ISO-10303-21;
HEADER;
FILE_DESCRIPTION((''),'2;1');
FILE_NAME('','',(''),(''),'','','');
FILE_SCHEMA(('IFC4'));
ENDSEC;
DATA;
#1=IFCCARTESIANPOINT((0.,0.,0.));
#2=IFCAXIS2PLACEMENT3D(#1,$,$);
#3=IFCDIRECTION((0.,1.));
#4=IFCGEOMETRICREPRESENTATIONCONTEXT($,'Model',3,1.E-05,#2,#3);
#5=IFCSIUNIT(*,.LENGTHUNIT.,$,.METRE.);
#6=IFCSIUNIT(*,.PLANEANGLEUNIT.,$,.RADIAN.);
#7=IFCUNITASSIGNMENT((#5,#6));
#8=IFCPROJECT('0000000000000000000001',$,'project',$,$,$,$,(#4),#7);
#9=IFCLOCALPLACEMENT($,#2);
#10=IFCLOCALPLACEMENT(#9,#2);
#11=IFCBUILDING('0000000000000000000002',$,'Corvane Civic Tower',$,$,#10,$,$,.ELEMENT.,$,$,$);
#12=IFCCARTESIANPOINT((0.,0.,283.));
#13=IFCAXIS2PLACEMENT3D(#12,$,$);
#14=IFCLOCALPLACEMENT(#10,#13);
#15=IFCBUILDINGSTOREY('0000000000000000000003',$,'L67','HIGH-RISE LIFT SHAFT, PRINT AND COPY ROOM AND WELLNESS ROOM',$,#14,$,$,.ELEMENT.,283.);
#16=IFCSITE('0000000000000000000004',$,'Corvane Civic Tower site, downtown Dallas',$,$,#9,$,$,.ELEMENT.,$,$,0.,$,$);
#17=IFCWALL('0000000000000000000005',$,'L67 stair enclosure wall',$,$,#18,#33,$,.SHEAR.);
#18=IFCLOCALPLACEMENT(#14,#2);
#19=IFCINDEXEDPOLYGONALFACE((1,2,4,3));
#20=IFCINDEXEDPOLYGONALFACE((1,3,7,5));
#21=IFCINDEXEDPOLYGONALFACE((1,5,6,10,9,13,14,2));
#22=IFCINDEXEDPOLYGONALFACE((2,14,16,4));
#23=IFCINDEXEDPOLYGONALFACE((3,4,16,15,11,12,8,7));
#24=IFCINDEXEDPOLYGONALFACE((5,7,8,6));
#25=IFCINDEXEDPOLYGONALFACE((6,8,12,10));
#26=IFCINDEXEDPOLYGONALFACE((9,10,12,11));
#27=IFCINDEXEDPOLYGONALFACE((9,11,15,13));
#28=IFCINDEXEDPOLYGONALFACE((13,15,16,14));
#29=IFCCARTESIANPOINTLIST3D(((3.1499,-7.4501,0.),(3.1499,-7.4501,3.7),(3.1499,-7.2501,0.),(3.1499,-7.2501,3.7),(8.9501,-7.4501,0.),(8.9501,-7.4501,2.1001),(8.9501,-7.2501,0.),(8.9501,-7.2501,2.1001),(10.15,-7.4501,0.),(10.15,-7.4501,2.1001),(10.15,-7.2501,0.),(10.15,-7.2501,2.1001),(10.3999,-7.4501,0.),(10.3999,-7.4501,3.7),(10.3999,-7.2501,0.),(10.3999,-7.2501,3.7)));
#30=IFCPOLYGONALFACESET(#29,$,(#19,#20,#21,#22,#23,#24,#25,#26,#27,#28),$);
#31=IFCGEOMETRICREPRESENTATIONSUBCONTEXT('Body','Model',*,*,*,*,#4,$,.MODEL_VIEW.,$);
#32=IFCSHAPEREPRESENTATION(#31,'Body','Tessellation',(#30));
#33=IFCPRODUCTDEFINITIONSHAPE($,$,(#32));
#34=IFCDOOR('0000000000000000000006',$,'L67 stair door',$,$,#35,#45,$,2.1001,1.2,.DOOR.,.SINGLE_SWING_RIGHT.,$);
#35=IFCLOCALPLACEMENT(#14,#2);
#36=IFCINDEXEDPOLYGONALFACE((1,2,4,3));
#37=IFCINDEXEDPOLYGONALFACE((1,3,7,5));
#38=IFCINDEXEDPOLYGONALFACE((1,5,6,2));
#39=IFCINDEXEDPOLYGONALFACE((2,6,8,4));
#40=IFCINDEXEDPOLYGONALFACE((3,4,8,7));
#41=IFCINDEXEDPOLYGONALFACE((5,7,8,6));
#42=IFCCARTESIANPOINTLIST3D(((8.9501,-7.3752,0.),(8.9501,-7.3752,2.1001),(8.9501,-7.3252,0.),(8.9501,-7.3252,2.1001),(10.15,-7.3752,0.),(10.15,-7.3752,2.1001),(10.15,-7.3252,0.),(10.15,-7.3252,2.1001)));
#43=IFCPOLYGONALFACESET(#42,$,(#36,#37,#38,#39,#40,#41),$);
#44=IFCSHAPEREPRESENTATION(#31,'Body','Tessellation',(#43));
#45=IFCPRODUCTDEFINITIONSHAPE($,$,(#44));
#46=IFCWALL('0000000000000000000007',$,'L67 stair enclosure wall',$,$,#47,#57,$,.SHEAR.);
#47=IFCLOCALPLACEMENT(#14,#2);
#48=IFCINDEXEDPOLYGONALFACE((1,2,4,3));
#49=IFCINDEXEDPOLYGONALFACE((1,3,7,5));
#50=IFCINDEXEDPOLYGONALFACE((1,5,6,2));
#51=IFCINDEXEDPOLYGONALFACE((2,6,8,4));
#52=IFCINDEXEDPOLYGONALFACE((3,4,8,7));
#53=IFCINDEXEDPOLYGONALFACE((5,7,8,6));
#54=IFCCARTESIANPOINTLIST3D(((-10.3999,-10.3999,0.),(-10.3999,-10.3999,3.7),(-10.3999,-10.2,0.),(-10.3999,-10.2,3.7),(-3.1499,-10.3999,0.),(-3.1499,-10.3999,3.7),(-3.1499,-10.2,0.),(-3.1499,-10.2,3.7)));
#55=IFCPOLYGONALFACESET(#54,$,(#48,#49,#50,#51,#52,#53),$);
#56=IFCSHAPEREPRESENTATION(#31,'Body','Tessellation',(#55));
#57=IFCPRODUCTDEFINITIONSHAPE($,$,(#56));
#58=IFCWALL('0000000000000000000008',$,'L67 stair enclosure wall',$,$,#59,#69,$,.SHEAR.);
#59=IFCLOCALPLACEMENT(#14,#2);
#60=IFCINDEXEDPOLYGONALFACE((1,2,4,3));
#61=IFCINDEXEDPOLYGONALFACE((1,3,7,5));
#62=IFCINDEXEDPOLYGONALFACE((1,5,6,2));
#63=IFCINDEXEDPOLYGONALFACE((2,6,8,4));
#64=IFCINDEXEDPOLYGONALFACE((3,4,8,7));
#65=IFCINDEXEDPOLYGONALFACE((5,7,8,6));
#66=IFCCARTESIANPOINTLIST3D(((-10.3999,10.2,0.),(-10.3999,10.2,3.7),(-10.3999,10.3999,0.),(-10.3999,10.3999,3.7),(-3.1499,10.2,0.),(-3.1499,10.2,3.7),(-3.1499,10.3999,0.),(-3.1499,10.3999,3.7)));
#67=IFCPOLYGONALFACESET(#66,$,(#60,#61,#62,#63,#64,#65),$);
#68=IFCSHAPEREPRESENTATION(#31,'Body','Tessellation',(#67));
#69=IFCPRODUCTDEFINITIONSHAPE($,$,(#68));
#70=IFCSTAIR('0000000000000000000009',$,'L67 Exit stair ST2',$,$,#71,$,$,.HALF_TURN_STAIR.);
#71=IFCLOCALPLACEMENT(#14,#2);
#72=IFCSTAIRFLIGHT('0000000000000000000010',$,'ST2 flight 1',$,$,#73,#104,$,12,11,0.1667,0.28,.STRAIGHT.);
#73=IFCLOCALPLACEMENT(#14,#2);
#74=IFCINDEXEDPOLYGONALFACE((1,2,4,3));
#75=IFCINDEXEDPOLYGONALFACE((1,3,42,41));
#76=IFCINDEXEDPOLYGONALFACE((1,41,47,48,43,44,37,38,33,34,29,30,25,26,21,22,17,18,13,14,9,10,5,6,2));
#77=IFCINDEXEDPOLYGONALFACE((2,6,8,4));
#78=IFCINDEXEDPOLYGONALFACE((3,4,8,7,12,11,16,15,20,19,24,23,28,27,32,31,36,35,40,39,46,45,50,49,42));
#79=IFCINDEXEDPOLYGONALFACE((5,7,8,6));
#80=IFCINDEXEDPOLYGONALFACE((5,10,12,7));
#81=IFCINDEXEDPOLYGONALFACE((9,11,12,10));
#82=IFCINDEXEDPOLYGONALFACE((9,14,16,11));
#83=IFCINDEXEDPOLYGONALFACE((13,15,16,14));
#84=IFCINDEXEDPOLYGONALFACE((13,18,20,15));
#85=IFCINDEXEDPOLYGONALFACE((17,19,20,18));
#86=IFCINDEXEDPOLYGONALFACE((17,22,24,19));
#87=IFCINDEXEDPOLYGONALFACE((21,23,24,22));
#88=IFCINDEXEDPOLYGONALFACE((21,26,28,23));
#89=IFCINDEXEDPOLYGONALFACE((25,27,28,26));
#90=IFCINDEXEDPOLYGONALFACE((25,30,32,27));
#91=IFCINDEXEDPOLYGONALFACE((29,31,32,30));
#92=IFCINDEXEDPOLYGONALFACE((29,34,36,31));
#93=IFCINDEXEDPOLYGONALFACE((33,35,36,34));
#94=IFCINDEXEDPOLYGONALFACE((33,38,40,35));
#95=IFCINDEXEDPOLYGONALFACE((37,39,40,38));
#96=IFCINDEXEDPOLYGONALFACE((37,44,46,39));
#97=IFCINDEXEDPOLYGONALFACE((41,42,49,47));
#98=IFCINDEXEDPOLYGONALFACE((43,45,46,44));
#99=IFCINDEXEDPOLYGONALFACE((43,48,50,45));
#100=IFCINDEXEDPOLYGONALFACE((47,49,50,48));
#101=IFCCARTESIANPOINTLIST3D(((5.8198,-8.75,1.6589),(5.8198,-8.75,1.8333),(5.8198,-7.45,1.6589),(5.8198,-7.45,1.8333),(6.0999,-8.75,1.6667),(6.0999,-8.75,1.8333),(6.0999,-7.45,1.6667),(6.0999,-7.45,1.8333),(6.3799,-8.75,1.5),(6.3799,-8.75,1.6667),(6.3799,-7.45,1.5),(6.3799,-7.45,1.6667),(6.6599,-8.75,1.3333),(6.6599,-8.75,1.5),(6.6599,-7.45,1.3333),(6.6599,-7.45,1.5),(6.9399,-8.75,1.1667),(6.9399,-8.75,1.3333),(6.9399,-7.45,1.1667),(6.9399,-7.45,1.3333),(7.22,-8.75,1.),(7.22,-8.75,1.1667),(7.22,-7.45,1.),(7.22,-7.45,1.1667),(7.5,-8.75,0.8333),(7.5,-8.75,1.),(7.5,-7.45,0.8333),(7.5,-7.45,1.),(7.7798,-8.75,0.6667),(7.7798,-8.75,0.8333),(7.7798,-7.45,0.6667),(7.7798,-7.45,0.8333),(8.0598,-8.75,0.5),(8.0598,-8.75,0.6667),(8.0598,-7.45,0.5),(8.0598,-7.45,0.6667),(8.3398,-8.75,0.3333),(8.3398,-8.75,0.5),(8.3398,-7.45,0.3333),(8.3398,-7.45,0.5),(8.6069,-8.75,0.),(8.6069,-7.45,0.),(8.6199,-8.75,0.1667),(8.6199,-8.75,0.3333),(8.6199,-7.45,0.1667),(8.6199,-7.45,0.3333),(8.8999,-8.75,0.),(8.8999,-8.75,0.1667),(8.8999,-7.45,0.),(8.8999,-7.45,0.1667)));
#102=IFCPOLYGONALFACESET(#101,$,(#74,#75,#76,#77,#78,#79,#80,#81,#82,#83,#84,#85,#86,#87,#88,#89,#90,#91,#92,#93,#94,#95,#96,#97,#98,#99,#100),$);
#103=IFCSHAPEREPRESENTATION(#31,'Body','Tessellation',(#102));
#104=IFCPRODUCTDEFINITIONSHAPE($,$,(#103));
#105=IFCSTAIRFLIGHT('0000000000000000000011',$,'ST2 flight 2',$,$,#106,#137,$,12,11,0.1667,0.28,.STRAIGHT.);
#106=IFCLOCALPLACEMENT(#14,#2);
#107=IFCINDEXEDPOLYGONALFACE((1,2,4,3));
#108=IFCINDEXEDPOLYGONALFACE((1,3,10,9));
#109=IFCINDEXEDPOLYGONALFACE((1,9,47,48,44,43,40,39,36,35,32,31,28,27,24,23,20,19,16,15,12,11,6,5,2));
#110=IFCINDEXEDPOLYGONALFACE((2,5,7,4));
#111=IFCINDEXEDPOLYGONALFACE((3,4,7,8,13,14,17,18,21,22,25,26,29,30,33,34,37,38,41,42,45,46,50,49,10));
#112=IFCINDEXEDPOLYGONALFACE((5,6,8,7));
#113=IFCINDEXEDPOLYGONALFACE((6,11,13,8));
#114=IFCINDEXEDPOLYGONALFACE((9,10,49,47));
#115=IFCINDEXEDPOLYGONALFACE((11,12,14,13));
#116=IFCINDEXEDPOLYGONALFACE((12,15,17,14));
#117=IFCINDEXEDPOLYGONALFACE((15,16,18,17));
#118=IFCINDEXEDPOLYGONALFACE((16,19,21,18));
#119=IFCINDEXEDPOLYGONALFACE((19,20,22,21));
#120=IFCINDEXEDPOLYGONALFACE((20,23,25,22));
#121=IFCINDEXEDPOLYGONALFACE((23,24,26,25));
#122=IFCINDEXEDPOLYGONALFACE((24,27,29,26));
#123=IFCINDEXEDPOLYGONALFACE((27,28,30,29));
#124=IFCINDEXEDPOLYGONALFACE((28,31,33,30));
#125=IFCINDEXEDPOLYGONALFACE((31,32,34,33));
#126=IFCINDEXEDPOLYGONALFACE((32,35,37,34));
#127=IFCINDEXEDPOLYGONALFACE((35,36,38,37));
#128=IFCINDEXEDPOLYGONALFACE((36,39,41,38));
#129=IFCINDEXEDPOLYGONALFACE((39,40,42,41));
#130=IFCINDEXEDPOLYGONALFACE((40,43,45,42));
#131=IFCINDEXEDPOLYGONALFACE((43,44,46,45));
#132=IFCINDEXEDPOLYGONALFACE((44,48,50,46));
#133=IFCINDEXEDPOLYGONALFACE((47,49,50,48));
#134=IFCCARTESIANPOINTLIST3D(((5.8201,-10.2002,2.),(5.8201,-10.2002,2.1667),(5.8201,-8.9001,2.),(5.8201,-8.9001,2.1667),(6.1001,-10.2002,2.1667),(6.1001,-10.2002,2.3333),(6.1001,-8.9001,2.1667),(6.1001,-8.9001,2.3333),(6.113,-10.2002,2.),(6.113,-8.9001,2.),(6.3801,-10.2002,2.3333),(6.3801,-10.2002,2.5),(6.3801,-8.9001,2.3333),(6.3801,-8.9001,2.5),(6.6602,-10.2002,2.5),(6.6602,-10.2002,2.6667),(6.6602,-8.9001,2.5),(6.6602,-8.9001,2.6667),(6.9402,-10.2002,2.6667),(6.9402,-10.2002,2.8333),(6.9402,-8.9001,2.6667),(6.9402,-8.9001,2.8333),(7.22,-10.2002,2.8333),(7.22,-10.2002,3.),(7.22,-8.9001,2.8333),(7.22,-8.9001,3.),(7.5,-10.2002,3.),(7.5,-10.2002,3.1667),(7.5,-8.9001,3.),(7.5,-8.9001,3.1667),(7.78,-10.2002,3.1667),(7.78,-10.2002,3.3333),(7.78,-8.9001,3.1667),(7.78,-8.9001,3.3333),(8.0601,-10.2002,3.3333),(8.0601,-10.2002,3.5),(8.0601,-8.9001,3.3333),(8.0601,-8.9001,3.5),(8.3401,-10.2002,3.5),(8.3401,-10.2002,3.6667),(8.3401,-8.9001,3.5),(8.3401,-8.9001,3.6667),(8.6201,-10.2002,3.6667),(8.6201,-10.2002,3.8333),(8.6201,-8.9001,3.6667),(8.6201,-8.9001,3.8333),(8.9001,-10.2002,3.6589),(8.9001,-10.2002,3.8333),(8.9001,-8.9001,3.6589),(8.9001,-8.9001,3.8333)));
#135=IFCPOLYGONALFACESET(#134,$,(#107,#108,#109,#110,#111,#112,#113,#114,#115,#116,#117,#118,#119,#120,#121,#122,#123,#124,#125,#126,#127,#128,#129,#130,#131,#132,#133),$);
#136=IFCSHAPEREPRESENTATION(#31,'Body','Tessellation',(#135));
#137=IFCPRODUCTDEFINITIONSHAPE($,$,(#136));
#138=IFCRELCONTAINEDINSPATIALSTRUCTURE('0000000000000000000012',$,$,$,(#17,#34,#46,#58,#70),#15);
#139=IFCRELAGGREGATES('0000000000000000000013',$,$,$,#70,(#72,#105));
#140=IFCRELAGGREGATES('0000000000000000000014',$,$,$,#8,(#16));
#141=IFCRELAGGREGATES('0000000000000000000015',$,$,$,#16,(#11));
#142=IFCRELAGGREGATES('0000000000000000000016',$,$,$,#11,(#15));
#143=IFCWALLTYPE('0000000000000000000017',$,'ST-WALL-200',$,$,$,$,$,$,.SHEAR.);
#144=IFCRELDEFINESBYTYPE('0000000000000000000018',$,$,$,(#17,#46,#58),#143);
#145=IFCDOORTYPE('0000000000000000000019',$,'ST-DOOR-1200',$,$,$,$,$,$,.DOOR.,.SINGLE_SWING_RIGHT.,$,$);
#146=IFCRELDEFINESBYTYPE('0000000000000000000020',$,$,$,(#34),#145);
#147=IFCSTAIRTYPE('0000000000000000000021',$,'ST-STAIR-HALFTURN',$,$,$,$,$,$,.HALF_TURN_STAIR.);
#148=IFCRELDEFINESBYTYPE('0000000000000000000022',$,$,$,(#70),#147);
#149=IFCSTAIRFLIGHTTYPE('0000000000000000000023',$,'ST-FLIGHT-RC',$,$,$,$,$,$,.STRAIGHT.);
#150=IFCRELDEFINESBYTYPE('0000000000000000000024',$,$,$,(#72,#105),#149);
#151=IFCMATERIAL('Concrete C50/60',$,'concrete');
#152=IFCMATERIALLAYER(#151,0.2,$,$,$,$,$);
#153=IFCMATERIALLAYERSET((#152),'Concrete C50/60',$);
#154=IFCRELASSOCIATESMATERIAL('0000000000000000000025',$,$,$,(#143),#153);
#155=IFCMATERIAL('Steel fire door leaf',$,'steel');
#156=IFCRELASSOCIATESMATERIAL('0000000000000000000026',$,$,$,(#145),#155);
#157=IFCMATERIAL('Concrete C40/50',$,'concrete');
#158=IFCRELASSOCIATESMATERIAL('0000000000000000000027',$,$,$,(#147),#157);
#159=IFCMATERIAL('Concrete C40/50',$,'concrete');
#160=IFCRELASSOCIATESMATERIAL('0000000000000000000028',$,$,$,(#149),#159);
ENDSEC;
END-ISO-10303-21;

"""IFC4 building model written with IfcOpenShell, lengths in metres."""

from ifc_helpers import new_model, si_unit, direction, frame, frame_2d, origin, place, context, subcontext, project, spatial, polyline, rectangle, outline, extrude, material, layer, layer_set, type_object, element, fill, aggregate, save


model = new_model("IFC4")

# Units and contexts
model_context = context("Model", 3, precision=1e-05, world=origin(), true_north=direction((0.0, 1.0)))
body_context = subcontext(model_context, "Body", "Model", "MODEL_VIEW")
ifc_project = project(units=[si_unit("LENGTHUNIT", "METRE"), si_unit("PLANEANGLEUNIT", "RADIAN")], contexts=[model_context])

# Site, building, storey
site_placement = place(None, origin())
site = spatial("IfcSite", under=ifc_project, at=site_placement, Name="Corvane Civic Tower site, downtown Dallas", CompositionType="ELEMENT", RefElevation=0.0)
building_placement = place(site_placement, origin())
building = spatial("IfcBuilding", under=site, at=building_placement, Name="Corvane Civic Tower", CompositionType="ELEMENT")
storey_placement = place(building_placement, frame((0.0, 0.0, 283.0)))
storey = spatial("IfcBuildingStorey", under=building, at=storey_placement, Name="L67", Description="HIGH-RISE LIFT SHAFT, PRINT AND COPY ROOM AND WELLNESS ROOM", CompositionType="ELEMENT", Elevation=283.0)

# Wall, opening, door
ifc_material_1 = material(Name="Concrete C50/60", Category="concrete")
ifc_layer_1 = layer(ifc_material_1, 0.2)
ifc_layer_set_1 = layer_set([ifc_layer_1], Name="Concrete C50/60")
wall_type_1 = type_object("IfcWallType", Name="ST-WALL-200", PredefinedType="SHEAR", material=ifc_layer_set_1)
wall_1_placement = place(storey_placement, frame((3.1499, -7.3501, 0.0), z_axis=(0.0, 0.0, 1.0), x_axis=(1.0, 0.0, 0.0)))
wall_1 = element("IfcWall", 1, at=wall_1_placement, inside=storey, type_object=wall_type_1, Name="L67 stair enclosure wall", PredefinedType="SHEAR", context=body_context, shape_type="SweptSolid", body=[
    extrude(rectangle(XDim=7.25, YDim=0.2, at=frame_2d((3.625, 0.0))), origin(), (0.0, 0.0, 1.0), 3.7),
])
opening_1_placement = place(wall_1_placement, frame((5.8, 0.0, 0.0)))
opening_1 = element("IfcOpeningElement", 2, at=opening_1_placement, cuts=wall_1, PredefinedType="OPENING", context=body_context, shape_type="SweptSolid", body=[
    extrude(rectangle(XDim=1.2, YDim=2.1001, at=frame_2d((0.6001, 1.05))), frame((0.0, 0.1099, 0.0), z_axis=(0.0, -1.0, 0.0), x_axis=(1.0, 0.0, 0.0)), (0.0, 0.0, 1.0), 0.22),
])
ifc_material_2 = material(Name="Steel fire door leaf", Category="steel")
door_type_1 = type_object("IfcDoorType", Name="ST-DOOR-1200", OperationType="SINGLE_SWING_RIGHT", PredefinedType="DOOR", material=ifc_material_2)
door_1_placement = place(opening_1_placement, origin())
door_1 = element("IfcDoor", 3, at=door_1_placement, inside=storey, type_object=door_type_1, Name="L67 stair door", OperationType="SINGLE_SWING_RIGHT", OverallHeight=2.1001, OverallWidth=1.2, PredefinedType="DOOR", context=body_context, shape_type="SweptSolid", body=[
    extrude(rectangle(XDim=1.2, YDim=2.1001, at=frame_2d((0.6001, 1.05))), frame((0.0, 0.0249, 0.0), z_axis=(0.0, -1.0, 0.0), x_axis=(1.0, 0.0, 0.0)), (0.0, 0.0, 1.0), 0.05),
])
fill(opening_1, door_1)

# Walls
wall_2_placement = place(storey_placement, origin())
element("IfcWall", 4, at=wall_2_placement, inside=storey, type_object=wall_type_1, Name="L67 stair enclosure wall", PredefinedType="SHEAR", context=body_context, shape_type="SweptSolid", body=[
    extrude(outline(polyline([(-3.1499, -10.2), (-3.1499, -10.3999), (-10.3999, -10.3999), (-10.3999, -10.2), (-3.1499, -10.2)])), origin(), (0.0, 0.0, 1.0), 3.7),
])
wall_3_placement = place(storey_placement, origin())
element("IfcWall", 5, at=wall_3_placement, inside=storey, type_object=wall_type_1, Name="L67 stair enclosure wall", PredefinedType="SHEAR", context=body_context, shape_type="SweptSolid", body=[
    extrude(outline(polyline([(-3.1499, 10.2), (-10.3999, 10.2), (-10.3999, 10.3999), (-3.1499, 10.3999), (-3.1499, 10.2)])), origin(), (0.0, 0.0, 1.0), 3.7),
])

# Stair, stair flights
ifc_material_3 = material(Name="Concrete C40/50", Category="concrete")
stair_type = type_object("IfcStairType", Name="ST-STAIR-HALFTURN", PredefinedType="HALF_TURN_STAIR", material=ifc_material_3)
stair_placement = place(storey_placement, origin())
stair = element("IfcStair", 6, at=stair_placement, inside=storey, type_object=stair_type, Name="L67 Exit stair ST2", PredefinedType="HALF_TURN_STAIR")
ifc_material_4 = material(Name="Concrete C40/50", Category="concrete")
stair_flight_type = type_object("IfcStairFlightType", Name="ST-FLIGHT-RC", PredefinedType="STRAIGHT", material=ifc_material_4)
stair_flight_1_placement = place(storey_placement, frame((8.8999, -8.1001, 0.0), z_axis=(0.0, 0.0, 1.0), x_axis=(-1.0, 0.0, 0.0)))
stair_flight_1 = element("IfcStairFlight", 7, at=stair_flight_1_placement, type_object=stair_flight_type, Name="ST2 flight 1", NumberOfRisers=12, NumberOfTreads=11, PredefinedType="STRAIGHT", RiserHeight=0.1667, TreadLength=0.28, context=body_context, shape_type="SweptSolid", body=[
    extrude(outline(polyline([(0.0, 0.0), (0.0, 0.1667), (0.28, 0.1667), (0.28, 0.3333), (0.5601, 0.3333), (0.5601, 0.5), (0.8401, 0.5), (0.8401, 0.6667), (1.1201, 0.6667), (1.1201, 0.8333), (1.3999, 0.8333), (1.3999, 1.0), (1.6799, 1.0), (1.6799, 1.1667), (1.96, 1.1667), (1.96, 1.3333), (2.24, 1.3333), (2.24, 1.5), (2.52, 1.5), (2.52, 1.6667), (2.8, 1.6667), (2.8, 1.8333), (3.0801, 1.8333), (3.0801, 2.0), (3.0801, 1.6589), (0.293, 0.0), (0.0, 0.0)])), frame((0.0, 0.6499, 0.0), z_axis=(0.0, -1.0, 0.0), x_axis=(1.0, 0.0, 0.0)), (0.0, 0.0, 1.0), 1.3),
])
stair_flight_2_placement = place(storey_placement, frame((5.8201, -9.55, 2.0), z_axis=(0.0, 0.0, 1.0), x_axis=(1.0, 0.0, 0.0)))
stair_flight_2 = element("IfcStairFlight", 8, at=stair_flight_2_placement, type_object=stair_flight_type, Name="ST2 flight 2", NumberOfRisers=12, NumberOfTreads=11, PredefinedType="STRAIGHT", RiserHeight=0.1667, TreadLength=0.28, context=body_context, shape_type="SweptSolid", body=[
    extrude(outline(polyline([(0.0, 0.0), (0.0, 0.1667), (0.28, 0.1667), (0.28, 0.3333), (0.5601, 0.3333), (0.5601, 0.5), (0.8401, 0.5), (0.8401, 0.6667), (1.1201, 0.6667), (1.1201, 0.8333), (1.3999, 0.8333), (1.3999, 1.0), (1.6799, 1.0), (1.6799, 1.1667), (1.96, 1.1667), (1.96, 1.3333), (2.24, 1.3333), (2.24, 1.5), (2.52, 1.5), (2.52, 1.6667), (2.8, 1.6667), (2.8, 1.8333), (3.0801, 1.8333), (3.0801, 2.0), (3.0801, 1.6589), (0.293, 0.0), (0.0, 0.0)])), frame((0.0, 0.6499, 0.0), z_axis=(0.0, -1.0, 0.0), x_axis=(1.0, 0.0, 0.0)), (0.0, 0.0, 1.0), 1.3),
])
aggregate(stair, [stair_flight_1, stair_flight_2])

save(model, "model.ifc")
